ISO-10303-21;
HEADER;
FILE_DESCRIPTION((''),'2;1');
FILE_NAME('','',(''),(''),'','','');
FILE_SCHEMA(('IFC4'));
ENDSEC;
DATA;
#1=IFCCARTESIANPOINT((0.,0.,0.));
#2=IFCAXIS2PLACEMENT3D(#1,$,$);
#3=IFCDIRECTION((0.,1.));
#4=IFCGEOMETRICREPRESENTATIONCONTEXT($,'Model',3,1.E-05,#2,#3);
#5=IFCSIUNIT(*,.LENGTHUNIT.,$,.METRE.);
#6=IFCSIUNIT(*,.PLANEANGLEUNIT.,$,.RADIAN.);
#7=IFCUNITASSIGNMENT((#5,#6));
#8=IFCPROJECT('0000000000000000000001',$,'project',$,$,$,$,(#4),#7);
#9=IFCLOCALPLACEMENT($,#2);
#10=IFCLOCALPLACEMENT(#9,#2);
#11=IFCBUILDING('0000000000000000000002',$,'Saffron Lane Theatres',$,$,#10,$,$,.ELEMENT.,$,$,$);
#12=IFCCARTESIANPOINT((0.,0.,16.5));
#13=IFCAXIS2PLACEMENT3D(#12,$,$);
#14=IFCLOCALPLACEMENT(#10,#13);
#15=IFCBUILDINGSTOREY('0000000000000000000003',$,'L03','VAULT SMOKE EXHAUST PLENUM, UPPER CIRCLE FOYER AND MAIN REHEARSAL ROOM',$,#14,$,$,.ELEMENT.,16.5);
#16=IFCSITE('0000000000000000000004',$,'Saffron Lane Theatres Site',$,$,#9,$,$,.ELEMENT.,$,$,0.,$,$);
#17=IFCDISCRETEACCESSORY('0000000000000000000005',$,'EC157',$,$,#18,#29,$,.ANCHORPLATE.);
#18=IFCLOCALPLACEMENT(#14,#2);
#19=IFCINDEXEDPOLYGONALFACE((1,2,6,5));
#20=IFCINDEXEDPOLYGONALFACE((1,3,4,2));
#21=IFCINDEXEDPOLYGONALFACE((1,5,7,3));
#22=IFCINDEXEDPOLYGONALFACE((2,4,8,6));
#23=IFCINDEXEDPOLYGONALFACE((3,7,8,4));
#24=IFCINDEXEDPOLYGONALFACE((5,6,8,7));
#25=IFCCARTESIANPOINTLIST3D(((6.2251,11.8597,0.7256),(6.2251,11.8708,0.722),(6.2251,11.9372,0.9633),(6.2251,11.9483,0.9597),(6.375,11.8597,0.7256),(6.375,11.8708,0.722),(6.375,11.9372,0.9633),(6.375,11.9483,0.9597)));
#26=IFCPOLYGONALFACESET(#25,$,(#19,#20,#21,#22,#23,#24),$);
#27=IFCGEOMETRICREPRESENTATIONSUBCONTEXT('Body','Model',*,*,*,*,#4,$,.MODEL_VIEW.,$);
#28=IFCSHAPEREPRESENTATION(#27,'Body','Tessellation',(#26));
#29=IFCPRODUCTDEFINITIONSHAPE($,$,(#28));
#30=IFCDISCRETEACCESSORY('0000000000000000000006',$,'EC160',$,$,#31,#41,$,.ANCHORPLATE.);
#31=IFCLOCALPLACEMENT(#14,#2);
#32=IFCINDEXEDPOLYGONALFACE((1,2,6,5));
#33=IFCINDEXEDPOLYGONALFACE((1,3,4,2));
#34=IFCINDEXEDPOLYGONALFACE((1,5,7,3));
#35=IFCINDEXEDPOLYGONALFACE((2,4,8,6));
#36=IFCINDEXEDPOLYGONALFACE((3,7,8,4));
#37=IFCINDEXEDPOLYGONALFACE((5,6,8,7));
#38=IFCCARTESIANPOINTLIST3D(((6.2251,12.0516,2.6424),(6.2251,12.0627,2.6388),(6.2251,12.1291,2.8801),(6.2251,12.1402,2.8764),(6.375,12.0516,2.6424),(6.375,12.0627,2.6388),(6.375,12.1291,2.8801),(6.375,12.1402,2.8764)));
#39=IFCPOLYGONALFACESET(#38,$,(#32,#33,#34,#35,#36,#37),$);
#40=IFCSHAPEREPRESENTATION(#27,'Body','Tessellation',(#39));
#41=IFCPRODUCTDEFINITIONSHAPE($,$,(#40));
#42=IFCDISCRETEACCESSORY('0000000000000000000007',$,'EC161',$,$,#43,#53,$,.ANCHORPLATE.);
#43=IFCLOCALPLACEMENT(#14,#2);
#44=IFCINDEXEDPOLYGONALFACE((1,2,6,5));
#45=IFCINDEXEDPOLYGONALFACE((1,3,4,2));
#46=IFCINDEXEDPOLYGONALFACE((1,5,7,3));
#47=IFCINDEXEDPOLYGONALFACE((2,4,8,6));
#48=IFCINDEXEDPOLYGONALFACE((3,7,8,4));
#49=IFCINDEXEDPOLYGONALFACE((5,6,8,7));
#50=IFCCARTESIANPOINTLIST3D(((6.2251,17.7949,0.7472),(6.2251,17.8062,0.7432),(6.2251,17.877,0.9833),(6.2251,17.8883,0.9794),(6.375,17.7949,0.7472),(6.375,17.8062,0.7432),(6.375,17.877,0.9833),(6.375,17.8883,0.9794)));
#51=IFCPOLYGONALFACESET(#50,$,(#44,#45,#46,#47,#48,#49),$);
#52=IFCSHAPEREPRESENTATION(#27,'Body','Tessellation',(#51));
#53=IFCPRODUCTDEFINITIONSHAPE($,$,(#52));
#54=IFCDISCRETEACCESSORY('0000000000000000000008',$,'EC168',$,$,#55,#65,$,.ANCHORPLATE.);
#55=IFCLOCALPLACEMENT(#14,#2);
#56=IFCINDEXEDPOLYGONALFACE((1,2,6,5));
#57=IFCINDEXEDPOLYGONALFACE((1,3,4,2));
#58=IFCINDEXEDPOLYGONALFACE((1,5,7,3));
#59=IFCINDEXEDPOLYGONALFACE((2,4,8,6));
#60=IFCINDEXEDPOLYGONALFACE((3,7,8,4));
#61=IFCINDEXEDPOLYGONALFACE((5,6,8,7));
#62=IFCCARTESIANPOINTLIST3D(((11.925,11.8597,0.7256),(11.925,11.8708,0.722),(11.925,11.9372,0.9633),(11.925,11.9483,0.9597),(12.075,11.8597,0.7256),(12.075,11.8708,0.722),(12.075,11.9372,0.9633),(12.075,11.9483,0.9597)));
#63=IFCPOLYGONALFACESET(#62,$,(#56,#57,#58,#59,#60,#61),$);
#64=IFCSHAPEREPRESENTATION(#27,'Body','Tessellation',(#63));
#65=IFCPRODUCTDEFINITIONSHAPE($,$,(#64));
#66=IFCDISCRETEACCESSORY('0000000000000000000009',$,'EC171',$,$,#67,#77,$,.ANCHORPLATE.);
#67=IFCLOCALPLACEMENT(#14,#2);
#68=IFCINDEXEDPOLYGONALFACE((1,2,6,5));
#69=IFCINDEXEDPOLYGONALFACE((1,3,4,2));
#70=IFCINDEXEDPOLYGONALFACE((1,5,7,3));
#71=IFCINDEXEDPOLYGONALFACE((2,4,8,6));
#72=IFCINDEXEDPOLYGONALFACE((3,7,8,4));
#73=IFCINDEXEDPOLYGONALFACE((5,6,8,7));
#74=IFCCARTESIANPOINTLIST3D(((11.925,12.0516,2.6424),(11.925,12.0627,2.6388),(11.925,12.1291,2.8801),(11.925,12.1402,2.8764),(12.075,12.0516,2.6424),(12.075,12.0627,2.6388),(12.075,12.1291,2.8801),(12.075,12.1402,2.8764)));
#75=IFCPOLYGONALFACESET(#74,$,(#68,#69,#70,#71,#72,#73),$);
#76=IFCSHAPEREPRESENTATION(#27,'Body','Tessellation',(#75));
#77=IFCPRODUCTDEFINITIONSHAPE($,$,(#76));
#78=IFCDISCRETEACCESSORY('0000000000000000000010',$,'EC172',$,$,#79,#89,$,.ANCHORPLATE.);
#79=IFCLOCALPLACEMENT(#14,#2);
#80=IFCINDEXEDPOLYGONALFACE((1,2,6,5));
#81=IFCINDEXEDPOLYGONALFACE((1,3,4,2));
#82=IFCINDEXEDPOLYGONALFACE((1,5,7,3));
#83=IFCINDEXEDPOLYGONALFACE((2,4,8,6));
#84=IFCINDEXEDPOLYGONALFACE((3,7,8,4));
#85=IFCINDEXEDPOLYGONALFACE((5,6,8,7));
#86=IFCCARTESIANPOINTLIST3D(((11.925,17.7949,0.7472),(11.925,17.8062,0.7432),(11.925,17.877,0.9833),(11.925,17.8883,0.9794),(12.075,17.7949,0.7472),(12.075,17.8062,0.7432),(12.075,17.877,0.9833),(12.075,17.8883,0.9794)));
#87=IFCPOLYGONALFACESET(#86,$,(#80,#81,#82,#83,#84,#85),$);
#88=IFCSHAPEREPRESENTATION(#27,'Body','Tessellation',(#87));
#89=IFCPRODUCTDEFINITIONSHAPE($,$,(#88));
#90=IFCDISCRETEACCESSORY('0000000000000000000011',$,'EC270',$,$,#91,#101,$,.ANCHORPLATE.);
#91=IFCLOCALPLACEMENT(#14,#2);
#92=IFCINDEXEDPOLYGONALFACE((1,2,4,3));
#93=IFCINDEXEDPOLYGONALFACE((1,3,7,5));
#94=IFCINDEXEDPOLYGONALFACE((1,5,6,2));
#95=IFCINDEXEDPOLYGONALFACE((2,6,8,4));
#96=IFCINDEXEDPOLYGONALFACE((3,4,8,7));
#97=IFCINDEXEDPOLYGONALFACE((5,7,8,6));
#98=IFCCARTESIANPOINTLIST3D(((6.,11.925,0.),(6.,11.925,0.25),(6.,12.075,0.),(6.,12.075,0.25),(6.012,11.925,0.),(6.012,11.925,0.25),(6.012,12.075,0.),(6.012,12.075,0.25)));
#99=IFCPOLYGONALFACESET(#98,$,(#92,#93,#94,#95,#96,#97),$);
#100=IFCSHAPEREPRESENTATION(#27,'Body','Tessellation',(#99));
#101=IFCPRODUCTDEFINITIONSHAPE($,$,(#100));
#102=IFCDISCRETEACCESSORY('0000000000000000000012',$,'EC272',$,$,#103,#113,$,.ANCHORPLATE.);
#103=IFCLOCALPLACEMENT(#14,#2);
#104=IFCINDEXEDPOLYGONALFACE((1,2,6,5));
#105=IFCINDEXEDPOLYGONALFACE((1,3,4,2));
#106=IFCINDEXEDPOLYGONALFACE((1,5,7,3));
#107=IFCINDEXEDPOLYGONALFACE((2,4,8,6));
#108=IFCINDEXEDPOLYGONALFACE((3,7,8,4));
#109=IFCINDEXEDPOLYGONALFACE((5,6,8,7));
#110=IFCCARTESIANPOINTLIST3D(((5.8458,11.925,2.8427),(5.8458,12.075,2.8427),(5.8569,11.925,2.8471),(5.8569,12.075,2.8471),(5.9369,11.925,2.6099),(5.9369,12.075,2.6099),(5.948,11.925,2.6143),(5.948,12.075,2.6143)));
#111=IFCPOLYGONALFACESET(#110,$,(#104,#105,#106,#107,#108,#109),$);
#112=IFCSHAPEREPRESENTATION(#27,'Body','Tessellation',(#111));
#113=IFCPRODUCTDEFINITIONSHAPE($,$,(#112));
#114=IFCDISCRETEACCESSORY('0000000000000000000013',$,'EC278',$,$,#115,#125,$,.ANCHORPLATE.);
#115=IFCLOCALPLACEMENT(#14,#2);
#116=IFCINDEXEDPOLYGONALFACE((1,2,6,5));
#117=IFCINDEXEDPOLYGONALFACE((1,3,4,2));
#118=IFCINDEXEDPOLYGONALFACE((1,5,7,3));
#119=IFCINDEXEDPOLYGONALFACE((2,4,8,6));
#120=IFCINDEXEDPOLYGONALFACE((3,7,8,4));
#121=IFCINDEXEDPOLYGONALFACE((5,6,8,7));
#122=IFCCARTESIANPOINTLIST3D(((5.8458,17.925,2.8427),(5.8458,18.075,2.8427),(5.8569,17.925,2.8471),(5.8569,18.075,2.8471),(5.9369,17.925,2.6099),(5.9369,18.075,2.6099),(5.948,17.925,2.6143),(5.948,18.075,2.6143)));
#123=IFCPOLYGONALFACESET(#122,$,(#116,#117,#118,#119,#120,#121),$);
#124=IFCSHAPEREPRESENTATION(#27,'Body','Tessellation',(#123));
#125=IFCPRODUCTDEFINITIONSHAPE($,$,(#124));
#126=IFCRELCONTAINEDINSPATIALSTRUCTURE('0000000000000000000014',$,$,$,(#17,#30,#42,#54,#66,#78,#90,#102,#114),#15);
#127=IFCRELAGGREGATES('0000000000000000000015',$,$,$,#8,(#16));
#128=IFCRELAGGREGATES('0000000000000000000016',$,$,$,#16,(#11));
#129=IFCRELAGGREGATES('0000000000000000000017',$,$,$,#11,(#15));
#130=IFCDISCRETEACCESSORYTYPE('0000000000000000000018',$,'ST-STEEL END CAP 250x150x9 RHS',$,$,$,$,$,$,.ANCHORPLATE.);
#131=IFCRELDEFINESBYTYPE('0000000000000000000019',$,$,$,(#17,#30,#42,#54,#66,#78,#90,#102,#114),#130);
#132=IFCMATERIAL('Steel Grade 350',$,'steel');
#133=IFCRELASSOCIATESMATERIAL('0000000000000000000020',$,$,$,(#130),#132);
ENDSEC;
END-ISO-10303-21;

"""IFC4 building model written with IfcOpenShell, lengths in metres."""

from ifc_helpers import new_model, si_unit, direction, frame, origin, origin_2d, place, context, subcontext, project, spatial, rectangle, extrude, material, material_profile, profile_set, type_object, element, save


model = new_model("IFC4")

# Units and contexts
model_context = context("Model", 3, precision=1e-05, world=origin(), true_north=direction((0.0, 1.0)))
body_context = subcontext(model_context, "Body", "Model", "MODEL_VIEW")
ifc_project = project(units=[si_unit("LENGTHUNIT", "METRE"), si_unit("PLANEANGLEUNIT", "RADIAN")], contexts=[model_context])

# Site, building, storey
site_placement = place(None, origin())
site = spatial("IfcSite", under=ifc_project, at=site_placement, Name="Saffron Lane Theatres Site", CompositionType="ELEMENT", RefElevation=0.0)
building_placement = place(site_placement, origin())
building = spatial("IfcBuilding", under=site, at=building_placement, Name="Saffron Lane Theatres", CompositionType="ELEMENT")
storey_placement = place(building_placement, frame((0.0, 0.0, 16.5)))
storey = spatial("IfcBuildingStorey", under=building, at=storey_placement, Name="L03", Description="VAULT SMOKE EXHAUST PLENUM, UPPER CIRCLE FOYER AND MAIN REHEARSAL ROOM", CompositionType="ELEMENT", Elevation=16.5)

# Discrete accessories
ifc_material_1 = material(Name="Steel Grade 350", Category="steel")
ifc_material_profile_1 = material_profile(ifc_material_1, rectangle(XDim=0.1499, YDim=0.25, at=origin_2d()))
ifc_profile_set_1 = profile_set([ifc_material_profile_1], Name="Steel Grade 350")
discrete_accessory_type_1 = type_object("IfcDiscreteAccessoryType", Name="ST-STEEL END CAP 250x150x9 RHS", PredefinedType="ANCHORPLATE", material=ifc_profile_set_1)
for number, where, z_axis, x_axis, name in (
    (1, (6.3, 11.8984, 0.8445), (0.0, 0.95073, -0.310021), (-1.0, 0.0, 0.0), "EC157"),
    (2, (6.3, 12.0903, 2.7612), (0.0, 0.95073, -0.310021), (-1.0, 0.0, 0.0), "EC160"),
):
    element("IfcDiscreteAccessory", number, at=place(storey_placement, frame(where, z_axis=z_axis, x_axis=x_axis)), inside=storey, type_object=discrete_accessory_type_1, Name=name, PredefinedType="ANCHORPLATE", context=body_context, shape_type="SweptSolid", body=[
        extrude(rectangle(XDim=0.1499, YDim=0.25, at=origin_2d()), origin(), (0.0, 0.0, 1.0), 0.0117),
    ])
discrete_accessory_placement = place(storey_placement, frame((6.3, 17.8359, 0.8652), z_axis=(0.0, 0.944497, -0.328521), x_axis=(-1.0, 0.0, 0.0)))
element("IfcDiscreteAccessory", 3, at=discrete_accessory_placement, inside=storey, type_object=discrete_accessory_type_1, Name="EC161", PredefinedType="ANCHORPLATE", context=body_context, shape_type="SweptSolid", body=[
    extrude(rectangle(XDim=0.1499, YDim=0.25, at=origin_2d()), origin(), (0.0, 0.0, 1.0), 0.012),
])
for number, where, z_axis, x_axis, name in (
    (4, (12.0, 11.8984, 0.8445), (0.0, 0.95073, -0.310021), (-1.0, 0.0, 0.0), "EC168"),
    (5, (12.0, 12.0903, 2.7612), (0.0, 0.95073, -0.310021), (-1.0, 0.0, 0.0), "EC171"),
):
    element("IfcDiscreteAccessory", number, at=place(storey_placement, frame(where, z_axis=z_axis, x_axis=x_axis)), inside=storey, type_object=discrete_accessory_type_1, Name=name, PredefinedType="ANCHORPLATE", context=body_context, shape_type="SweptSolid", body=[
        extrude(rectangle(XDim=0.1499, YDim=0.25, at=origin_2d()), origin(), (0.0, 0.0, 1.0), 0.0117),
    ])
for number, where, z_axis, x_axis, name in (
    (6, (12.0, 17.8359, 0.8652), (0.0, 0.944497, -0.328521), (-1.0, 0.0, 0.0), "EC172"),
    (7, (6.0, 12.0, 0.125), (1.0, 0.0, 0.0), (0.0, 1.0, 0.0), "EC270"),
    (8, (5.8914, 12.0, 2.7263), (0.931243, 0.0, 0.364399), (0.0, 1.0, 0.0), "EC272"),
    (9, (5.8914, 18.0, 2.7263), (0.931243, 0.0, 0.364399), (0.0, 1.0, 0.0), "EC278"),
):
    element("IfcDiscreteAccessory", number, at=place(storey_placement, frame(where, z_axis=z_axis, x_axis=x_axis)), inside=storey, type_object=discrete_accessory_type_1, Name=name, PredefinedType="ANCHORPLATE", context=body_context, shape_type="SweptSolid", body=[
        extrude(rectangle(XDim=0.1499, YDim=0.25, at=origin_2d()), origin(), (0.0, 0.0, 1.0), 0.012),
    ])

save(model, "model.ifc")
